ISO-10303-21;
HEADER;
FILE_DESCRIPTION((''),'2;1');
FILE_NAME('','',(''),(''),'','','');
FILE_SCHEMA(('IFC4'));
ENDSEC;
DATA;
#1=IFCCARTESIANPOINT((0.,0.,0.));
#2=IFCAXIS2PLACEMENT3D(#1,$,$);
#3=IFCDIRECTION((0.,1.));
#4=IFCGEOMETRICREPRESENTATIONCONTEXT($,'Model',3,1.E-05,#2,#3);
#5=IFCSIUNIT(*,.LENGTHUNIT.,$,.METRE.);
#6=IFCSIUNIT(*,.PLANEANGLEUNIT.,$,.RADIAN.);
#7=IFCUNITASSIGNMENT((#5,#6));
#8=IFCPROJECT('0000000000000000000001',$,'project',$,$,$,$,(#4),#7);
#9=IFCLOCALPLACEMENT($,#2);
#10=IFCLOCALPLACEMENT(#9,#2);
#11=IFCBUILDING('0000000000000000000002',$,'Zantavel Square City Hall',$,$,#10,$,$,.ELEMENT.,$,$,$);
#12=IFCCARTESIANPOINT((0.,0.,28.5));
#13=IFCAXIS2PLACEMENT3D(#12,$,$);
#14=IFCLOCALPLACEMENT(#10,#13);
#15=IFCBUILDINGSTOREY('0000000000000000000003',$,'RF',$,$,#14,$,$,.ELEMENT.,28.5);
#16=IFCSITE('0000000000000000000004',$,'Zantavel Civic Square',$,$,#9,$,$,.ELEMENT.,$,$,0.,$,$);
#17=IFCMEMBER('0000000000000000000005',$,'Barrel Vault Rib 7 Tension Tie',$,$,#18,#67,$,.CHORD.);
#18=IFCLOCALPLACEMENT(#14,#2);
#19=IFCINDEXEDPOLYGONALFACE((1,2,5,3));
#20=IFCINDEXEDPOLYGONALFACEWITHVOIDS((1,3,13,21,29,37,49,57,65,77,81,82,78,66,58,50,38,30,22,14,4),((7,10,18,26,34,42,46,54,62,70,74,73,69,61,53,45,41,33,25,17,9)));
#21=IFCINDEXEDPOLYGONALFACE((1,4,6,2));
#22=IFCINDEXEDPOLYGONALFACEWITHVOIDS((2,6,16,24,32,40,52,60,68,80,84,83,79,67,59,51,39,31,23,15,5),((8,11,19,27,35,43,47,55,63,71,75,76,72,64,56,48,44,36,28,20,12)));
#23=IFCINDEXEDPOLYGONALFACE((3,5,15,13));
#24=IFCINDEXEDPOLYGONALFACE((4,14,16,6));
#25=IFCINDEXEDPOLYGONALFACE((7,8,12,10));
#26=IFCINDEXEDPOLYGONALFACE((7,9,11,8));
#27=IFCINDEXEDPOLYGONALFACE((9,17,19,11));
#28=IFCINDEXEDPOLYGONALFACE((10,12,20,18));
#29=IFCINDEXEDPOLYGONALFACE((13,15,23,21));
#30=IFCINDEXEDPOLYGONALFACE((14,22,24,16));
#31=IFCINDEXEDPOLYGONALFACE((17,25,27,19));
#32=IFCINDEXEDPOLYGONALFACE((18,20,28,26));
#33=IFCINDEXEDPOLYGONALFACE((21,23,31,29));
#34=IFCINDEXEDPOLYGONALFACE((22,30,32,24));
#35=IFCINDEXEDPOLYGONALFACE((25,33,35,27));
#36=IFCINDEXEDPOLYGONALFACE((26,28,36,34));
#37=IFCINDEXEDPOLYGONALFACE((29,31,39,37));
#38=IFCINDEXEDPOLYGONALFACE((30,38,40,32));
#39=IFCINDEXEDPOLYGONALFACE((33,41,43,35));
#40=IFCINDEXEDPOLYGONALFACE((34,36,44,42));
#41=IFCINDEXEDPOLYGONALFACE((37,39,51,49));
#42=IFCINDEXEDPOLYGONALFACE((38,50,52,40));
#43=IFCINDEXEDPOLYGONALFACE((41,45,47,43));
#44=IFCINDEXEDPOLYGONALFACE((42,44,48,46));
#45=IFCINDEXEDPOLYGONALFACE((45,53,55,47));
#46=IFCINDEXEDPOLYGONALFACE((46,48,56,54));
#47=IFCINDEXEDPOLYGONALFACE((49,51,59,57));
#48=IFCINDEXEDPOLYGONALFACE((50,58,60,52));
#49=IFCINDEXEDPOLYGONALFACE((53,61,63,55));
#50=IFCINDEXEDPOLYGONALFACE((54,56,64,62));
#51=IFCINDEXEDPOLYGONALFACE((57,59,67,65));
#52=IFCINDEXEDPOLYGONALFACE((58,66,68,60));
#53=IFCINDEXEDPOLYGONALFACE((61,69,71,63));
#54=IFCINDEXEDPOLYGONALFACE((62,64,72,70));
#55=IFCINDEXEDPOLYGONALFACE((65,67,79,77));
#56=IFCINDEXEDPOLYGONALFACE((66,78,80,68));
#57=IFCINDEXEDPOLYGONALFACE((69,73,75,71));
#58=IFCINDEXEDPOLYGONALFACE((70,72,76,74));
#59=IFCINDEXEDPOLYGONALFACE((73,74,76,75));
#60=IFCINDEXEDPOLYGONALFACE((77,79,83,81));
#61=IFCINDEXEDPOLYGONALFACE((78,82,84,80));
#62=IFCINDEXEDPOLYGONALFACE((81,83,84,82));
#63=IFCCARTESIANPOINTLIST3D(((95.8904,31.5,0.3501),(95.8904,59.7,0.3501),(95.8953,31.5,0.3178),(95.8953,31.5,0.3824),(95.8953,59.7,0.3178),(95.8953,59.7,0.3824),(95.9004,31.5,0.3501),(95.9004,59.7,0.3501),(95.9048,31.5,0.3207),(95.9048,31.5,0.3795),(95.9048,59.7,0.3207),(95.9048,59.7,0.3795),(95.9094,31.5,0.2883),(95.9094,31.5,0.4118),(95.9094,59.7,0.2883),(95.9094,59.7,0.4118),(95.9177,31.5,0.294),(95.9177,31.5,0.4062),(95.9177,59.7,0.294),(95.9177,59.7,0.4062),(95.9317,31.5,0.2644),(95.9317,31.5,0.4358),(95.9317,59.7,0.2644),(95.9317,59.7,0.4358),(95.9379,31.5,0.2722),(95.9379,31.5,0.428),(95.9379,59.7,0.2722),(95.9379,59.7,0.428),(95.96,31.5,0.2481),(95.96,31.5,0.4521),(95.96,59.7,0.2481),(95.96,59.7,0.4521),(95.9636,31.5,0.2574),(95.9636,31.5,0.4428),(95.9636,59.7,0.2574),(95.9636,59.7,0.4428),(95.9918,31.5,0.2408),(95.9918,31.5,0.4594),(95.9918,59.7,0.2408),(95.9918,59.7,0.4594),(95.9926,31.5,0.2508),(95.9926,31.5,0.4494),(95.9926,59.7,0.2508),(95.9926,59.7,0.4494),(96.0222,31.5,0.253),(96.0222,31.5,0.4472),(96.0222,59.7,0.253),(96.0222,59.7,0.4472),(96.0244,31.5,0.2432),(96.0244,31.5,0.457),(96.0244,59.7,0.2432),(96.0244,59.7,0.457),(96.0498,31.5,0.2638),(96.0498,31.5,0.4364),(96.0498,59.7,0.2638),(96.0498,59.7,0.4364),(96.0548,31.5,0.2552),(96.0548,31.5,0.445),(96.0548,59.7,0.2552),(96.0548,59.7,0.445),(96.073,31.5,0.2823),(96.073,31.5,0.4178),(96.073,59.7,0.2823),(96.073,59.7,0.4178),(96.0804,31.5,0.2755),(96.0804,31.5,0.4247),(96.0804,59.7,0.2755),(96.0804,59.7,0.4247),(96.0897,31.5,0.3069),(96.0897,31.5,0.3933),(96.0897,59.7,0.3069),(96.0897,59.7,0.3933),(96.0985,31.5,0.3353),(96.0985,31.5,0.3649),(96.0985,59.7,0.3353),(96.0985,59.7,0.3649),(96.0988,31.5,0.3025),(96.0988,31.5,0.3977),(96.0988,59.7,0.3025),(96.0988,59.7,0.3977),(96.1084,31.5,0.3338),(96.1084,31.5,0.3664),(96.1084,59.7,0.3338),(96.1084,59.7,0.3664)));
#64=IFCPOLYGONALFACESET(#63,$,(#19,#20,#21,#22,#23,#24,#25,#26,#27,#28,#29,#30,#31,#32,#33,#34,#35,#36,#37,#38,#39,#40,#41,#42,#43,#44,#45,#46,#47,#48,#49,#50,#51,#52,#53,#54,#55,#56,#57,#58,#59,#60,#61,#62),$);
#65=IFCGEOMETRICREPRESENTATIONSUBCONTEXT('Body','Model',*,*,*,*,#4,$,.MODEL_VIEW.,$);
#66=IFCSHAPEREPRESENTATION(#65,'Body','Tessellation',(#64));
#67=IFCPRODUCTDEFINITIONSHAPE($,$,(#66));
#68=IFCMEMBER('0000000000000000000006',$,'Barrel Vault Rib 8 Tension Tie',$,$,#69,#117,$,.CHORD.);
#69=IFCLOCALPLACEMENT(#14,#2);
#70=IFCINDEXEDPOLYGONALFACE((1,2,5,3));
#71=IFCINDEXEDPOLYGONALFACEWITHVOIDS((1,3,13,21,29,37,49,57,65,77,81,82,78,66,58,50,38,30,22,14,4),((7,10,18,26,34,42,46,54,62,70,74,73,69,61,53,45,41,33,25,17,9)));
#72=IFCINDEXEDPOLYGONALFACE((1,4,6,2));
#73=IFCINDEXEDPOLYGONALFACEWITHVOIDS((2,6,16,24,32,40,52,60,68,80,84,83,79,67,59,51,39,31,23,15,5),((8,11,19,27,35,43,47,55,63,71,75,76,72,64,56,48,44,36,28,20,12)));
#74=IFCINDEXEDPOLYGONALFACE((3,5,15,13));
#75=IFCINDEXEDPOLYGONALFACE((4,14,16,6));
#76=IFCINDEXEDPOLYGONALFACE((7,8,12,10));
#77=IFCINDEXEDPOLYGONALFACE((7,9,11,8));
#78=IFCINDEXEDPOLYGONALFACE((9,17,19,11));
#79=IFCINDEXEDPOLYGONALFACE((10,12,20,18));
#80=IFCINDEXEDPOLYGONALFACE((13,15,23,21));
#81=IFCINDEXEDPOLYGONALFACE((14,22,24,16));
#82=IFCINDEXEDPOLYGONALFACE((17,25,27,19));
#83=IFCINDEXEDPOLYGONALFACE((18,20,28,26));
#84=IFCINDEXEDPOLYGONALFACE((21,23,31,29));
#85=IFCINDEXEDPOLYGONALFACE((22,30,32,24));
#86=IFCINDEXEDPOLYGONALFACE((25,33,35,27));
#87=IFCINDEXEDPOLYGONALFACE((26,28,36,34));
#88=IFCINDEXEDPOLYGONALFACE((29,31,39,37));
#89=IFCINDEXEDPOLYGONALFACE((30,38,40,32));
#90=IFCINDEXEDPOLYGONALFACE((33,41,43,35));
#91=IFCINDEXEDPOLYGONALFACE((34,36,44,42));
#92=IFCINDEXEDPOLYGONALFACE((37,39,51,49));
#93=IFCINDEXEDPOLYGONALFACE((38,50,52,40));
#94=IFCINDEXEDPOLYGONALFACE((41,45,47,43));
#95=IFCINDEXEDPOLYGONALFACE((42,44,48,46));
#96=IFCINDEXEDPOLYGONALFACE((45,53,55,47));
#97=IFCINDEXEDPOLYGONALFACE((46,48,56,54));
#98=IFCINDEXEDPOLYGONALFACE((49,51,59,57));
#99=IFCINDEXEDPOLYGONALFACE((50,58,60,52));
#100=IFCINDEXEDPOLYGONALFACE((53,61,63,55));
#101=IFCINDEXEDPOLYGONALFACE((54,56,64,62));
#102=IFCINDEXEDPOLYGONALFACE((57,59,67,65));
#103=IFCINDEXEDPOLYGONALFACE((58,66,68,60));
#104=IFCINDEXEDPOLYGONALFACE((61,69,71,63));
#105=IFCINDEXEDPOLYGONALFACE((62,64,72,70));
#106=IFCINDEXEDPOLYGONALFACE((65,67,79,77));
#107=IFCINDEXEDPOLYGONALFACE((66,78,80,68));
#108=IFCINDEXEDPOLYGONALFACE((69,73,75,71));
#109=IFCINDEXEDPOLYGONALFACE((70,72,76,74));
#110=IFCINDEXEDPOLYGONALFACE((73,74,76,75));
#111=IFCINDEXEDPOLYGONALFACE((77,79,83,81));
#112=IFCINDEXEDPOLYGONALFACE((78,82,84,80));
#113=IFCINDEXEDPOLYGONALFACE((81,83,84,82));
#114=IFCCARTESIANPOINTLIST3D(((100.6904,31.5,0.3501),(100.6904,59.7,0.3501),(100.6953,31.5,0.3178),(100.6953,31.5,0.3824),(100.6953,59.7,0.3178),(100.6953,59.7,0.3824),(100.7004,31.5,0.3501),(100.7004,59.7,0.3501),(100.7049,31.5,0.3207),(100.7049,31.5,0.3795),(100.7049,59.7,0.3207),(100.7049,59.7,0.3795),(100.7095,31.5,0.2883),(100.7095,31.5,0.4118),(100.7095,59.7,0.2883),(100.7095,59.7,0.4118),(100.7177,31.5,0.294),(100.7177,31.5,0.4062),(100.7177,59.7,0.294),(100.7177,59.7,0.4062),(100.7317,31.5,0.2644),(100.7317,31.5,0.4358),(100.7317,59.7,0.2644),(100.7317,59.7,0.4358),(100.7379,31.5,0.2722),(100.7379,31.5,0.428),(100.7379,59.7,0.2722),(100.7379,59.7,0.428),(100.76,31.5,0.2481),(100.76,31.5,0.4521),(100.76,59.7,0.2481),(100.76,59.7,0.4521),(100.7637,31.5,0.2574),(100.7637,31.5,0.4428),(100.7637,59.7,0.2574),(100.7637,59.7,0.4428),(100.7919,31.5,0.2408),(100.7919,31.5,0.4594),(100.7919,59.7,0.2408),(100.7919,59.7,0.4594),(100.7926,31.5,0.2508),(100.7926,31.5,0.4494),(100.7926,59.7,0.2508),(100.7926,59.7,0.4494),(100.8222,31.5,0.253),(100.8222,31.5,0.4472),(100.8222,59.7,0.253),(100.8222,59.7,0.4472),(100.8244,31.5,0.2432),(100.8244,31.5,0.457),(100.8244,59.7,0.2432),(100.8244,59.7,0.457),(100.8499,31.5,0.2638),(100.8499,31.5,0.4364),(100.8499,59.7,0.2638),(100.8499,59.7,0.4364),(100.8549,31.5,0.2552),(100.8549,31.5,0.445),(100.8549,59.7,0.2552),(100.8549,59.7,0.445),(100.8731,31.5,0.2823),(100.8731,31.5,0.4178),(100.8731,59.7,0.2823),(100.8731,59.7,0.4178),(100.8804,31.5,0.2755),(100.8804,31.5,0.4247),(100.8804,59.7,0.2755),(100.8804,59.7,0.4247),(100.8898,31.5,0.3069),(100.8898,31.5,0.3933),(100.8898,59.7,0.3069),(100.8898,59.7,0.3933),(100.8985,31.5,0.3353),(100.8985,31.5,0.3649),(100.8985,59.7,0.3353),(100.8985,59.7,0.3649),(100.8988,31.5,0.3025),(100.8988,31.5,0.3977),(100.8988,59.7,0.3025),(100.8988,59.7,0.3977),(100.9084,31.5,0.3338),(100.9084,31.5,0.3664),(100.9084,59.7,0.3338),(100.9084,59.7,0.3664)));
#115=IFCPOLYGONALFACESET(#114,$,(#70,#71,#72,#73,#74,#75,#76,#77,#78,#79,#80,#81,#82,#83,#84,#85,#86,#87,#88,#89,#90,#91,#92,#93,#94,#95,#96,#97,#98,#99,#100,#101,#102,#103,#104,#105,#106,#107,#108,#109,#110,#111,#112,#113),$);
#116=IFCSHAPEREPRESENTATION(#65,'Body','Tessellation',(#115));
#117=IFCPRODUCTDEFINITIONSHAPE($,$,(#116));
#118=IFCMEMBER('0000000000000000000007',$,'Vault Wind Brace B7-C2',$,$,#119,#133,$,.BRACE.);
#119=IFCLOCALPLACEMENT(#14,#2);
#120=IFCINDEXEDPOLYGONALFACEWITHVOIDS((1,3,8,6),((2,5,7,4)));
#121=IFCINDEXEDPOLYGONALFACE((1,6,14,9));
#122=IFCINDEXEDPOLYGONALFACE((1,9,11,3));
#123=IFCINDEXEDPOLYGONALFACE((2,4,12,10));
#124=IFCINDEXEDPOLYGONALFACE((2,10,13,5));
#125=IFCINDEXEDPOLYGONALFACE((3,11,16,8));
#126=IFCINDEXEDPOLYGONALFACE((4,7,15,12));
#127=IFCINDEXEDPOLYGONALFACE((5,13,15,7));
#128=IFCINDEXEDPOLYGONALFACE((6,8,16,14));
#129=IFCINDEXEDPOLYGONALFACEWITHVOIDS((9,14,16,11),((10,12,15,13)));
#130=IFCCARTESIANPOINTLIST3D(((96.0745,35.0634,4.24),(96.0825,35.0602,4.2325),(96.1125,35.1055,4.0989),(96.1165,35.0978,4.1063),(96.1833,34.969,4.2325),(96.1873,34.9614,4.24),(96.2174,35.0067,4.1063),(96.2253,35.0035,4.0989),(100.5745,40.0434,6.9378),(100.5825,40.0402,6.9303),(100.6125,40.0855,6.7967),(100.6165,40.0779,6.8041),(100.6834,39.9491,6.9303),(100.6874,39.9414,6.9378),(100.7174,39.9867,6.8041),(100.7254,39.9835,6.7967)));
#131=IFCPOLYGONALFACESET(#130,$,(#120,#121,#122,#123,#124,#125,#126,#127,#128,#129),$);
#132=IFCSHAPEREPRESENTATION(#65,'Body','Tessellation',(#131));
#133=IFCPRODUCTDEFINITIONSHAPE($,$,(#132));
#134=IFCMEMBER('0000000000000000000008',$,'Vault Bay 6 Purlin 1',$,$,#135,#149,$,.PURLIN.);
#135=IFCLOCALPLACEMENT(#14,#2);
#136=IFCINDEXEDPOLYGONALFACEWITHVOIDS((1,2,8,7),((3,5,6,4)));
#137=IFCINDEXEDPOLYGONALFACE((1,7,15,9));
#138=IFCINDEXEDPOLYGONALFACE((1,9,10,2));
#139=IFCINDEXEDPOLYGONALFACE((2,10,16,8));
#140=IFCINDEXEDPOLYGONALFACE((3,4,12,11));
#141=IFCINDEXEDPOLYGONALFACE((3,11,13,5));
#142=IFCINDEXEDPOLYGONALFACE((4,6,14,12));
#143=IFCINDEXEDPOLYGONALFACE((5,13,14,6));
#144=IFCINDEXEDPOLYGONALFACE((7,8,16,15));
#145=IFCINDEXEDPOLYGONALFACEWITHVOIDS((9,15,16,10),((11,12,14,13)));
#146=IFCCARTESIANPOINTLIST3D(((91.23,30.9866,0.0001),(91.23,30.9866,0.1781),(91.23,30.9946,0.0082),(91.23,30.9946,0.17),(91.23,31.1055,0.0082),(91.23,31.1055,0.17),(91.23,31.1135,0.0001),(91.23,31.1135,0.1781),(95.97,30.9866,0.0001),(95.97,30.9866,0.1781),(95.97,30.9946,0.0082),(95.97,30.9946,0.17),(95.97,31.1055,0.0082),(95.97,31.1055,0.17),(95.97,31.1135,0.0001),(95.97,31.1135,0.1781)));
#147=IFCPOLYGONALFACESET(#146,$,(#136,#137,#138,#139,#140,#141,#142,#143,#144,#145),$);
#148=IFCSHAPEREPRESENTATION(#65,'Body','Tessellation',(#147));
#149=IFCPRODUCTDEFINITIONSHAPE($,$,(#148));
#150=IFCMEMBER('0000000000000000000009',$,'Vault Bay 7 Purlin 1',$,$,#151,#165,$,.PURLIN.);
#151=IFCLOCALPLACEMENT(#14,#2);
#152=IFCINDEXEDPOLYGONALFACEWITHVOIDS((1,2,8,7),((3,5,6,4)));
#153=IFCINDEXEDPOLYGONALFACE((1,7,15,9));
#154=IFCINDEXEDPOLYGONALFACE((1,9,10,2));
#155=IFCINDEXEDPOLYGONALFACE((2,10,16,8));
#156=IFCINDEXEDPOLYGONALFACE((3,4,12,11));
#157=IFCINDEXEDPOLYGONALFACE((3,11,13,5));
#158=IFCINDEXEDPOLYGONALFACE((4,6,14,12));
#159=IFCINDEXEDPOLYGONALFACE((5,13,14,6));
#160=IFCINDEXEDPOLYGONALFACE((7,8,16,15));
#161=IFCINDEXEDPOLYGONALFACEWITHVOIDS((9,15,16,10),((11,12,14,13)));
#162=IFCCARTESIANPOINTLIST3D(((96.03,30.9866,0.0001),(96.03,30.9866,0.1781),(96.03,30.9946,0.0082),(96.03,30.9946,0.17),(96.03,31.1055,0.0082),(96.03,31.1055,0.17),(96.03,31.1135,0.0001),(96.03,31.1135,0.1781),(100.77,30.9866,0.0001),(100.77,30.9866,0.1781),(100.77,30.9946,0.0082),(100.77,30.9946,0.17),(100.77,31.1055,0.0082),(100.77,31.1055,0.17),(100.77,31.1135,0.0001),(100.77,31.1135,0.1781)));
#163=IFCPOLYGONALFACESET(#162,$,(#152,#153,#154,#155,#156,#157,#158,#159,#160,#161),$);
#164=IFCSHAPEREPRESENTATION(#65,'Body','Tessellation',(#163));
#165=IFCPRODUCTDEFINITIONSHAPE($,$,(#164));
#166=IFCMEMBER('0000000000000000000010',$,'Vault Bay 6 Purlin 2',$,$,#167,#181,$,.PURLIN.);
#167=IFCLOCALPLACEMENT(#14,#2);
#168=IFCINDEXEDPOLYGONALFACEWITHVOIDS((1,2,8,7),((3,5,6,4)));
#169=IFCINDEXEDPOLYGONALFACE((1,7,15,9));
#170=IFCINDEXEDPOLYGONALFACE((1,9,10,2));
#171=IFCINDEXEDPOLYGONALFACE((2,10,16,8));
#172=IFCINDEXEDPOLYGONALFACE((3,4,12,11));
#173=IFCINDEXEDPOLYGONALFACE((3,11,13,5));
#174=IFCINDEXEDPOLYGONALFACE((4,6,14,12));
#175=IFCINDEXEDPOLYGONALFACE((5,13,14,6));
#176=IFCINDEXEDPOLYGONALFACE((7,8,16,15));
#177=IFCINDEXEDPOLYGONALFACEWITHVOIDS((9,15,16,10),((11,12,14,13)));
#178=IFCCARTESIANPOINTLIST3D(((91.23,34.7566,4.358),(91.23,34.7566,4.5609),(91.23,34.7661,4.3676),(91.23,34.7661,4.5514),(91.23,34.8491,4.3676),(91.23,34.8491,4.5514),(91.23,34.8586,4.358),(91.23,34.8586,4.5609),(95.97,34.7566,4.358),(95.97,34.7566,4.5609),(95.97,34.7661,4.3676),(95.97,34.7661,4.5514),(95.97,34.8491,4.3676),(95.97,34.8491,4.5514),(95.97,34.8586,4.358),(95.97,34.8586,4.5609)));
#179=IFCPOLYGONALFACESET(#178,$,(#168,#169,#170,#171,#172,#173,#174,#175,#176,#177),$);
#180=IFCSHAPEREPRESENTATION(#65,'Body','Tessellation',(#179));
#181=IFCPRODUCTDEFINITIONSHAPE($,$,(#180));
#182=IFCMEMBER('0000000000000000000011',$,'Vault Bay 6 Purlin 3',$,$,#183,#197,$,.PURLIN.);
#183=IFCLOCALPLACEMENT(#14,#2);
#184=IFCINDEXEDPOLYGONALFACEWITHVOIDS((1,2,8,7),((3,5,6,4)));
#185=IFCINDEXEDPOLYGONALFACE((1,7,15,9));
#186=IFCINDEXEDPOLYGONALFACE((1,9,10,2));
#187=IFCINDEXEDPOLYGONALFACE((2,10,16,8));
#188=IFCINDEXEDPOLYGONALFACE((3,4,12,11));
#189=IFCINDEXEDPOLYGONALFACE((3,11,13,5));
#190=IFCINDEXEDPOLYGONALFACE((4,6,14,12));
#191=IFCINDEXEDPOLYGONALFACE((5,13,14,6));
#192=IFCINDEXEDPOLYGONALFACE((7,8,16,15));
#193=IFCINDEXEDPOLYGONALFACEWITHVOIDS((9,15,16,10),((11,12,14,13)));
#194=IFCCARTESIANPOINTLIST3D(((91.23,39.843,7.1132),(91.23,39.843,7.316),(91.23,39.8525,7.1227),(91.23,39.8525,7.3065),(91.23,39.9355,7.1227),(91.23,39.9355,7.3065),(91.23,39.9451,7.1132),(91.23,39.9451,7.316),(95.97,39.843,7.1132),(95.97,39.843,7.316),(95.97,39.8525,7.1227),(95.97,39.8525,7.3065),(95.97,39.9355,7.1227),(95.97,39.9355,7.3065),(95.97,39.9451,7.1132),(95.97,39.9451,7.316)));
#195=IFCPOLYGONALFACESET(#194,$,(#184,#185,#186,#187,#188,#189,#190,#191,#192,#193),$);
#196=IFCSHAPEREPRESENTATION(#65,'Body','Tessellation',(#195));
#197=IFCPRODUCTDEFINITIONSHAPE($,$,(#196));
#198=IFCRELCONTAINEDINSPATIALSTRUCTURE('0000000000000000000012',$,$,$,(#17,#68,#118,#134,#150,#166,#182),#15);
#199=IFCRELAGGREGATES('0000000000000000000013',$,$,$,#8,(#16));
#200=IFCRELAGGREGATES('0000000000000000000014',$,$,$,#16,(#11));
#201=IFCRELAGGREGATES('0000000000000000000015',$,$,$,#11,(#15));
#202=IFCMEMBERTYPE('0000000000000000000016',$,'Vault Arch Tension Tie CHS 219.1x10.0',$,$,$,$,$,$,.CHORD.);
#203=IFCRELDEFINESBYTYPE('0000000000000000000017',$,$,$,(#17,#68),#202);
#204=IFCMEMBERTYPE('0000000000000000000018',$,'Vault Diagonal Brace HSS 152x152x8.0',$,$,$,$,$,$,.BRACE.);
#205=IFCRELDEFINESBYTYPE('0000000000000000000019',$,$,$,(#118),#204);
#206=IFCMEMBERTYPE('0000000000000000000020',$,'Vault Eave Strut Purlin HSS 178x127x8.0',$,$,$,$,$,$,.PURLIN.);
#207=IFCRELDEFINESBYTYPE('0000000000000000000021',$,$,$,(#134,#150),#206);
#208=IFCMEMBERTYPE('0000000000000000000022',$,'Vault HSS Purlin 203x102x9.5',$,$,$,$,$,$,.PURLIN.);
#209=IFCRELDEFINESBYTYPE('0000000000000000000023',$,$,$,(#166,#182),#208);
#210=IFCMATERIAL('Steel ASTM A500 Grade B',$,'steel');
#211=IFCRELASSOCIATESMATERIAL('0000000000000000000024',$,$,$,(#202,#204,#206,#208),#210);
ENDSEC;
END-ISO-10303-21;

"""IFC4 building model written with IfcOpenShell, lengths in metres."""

from ifc_helpers import new_model, si_unit, direction, frame, origin, origin_2d, place, context, subcontext, project, spatial, hollow_rectangle, hollow_circle, extrude, material, material_profile, profile_set, type_object, element, save


model = new_model("IFC4")

# Units and contexts
model_context = context("Model", 3, precision=1e-05, world=origin(), true_north=direction((0.0, 1.0)))
body_context = subcontext(model_context, "Body", "Model", "MODEL_VIEW")
ifc_project = project(units=[si_unit("LENGTHUNIT", "METRE"), si_unit("PLANEANGLEUNIT", "RADIAN")], contexts=[model_context])

# Site, building, storey
site_placement = place(None, origin())
site = spatial("IfcSite", under=ifc_project, at=site_placement, Name="Zantavel Civic Square", CompositionType="ELEMENT", RefElevation=0.0)
building_placement = place(site_placement, origin())
building = spatial("IfcBuilding", under=site, at=building_placement, Name="Zantavel Square City Hall", CompositionType="ELEMENT")
storey_placement = place(building_placement, frame((0.0, 0.0, 28.5)))
storey = spatial("IfcBuildingStorey", under=building, at=storey_placement, Name="RF", CompositionType="ELEMENT", Elevation=28.5)

# Members
ifc_material_1 = material(Name="Steel ASTM A500 Grade B", Category="steel")
ifc_material_profile_1 = material_profile(ifc_material_1, hollow_circle(Radius=0.1096, WallThickness=0.01, at=origin_2d()), Name="CHS 219.1x10.0")
ifc_profile_set_1 = profile_set([ifc_material_profile_1], Name="Steel ASTM A500 Grade B")
member_type_1 = type_object("IfcMemberType", Name="Vault Arch Tension Tie CHS 219.1x10.0", PredefinedType="CHORD", material=ifc_profile_set_1)
for number, where, z_axis, x_axis, name in (
    (1, (96.0, 31.5, 0.3501), (0.0, 1.0, 0.0), (-1.0, 0.0, 0.0), "Barrel Vault Rib 7 Tension Tie"),
    (2, (100.8, 31.5, 0.3501), (0.0, 1.0, 0.0), (-1.0, 0.0, 0.0), "Barrel Vault Rib 8 Tension Tie"),
):
    element("IfcMember", number, at=place(storey_placement, frame(where, z_axis=z_axis, x_axis=x_axis)), inside=storey, type_object=member_type_1, Name=name, PredefinedType="CHORD", context=body_context, shape_type="SweptSolid", body=[
        extrude(hollow_circle(Radius=0.1096, WallThickness=0.01, at=origin_2d()), origin(), (0.0, 0.0, 1.0), 28.2),
    ])
ifc_material_profile_2 = material_profile(ifc_material_1, hollow_rectangle(XDim=0.1521, YDim=0.1521, WallThickness=0.0081, at=origin_2d()), Name="HSS 152x152x8.0")
ifc_profile_set_2 = profile_set([ifc_material_profile_2], Name="Steel ASTM A500 Grade B")
member_type_2 = type_object("IfcMemberType", Name="Vault Diagonal Brace HSS 152x152x8.0", PredefinedType="BRACE", material=ifc_profile_set_2)
member_placement = place(storey_placement, frame((96.1499, 35.0334, 4.1694), z_axis=(0.622078, 0.688431, 0.372937), x_axis=(-0.741958, 0.670446, 0.0)))
element("IfcMember", 3, at=member_placement, inside=storey, type_object=member_type_2, Name="Vault Wind Brace B7-C2", PredefinedType="BRACE", context=body_context, shape_type="SweptSolid", body=[
    extrude(hollow_rectangle(XDim=0.1521, YDim=0.1521, WallThickness=0.0081, at=origin_2d()), origin(), (0.0, 0.0, 1.0), 7.2339),
])
ifc_material_profile_3 = material_profile(ifc_material_1, hollow_rectangle(XDim=0.127, YDim=0.178, WallThickness=0.0081, at=origin_2d()), Name="HSS 178x127x8.0")
ifc_profile_set_3 = profile_set([ifc_material_profile_3], Name="Steel ASTM A500 Grade B")
member_type_3 = type_object("IfcMemberType", Name="Vault Eave Strut Purlin HSS 178x127x8.0", PredefinedType="PURLIN", material=ifc_profile_set_3)
for number, where, z_axis, x_axis, name in (
    (4, (91.23, 31.05, 0.0891), (1.0, 0.0, 0.0), (0.0, 1.0, 0.0), "Vault Bay 6 Purlin 1"),
    (5, (96.03, 31.05, 0.0891), (1.0, 0.0, 0.0), (0.0, 1.0, 0.0), "Vault Bay 7 Purlin 1"),
):
    element("IfcMember", number, at=place(storey_placement, frame(where, z_axis=z_axis, x_axis=x_axis)), inside=storey, type_object=member_type_3, Name=name, PredefinedType="PURLIN", context=body_context, shape_type="SweptSolid", body=[
        extrude(hollow_rectangle(XDim=0.127, YDim=0.178, WallThickness=0.0081, at=origin_2d()), origin(), (0.0, 0.0, 1.0), 4.74),
    ])
ifc_material_profile_4 = material_profile(ifc_material_1, hollow_rectangle(XDim=0.1021, YDim=0.2029, WallThickness=0.0095, at=origin_2d()), Name="HSS 203x102x9.5")
ifc_profile_set_4 = profile_set([ifc_material_profile_4], Name="Steel ASTM A500 Grade B")
member_type_4 = type_object("IfcMemberType", Name="Vault HSS Purlin 203x102x9.5", PredefinedType="PURLIN", material=ifc_profile_set_4)
for number, where, z_axis, x_axis, name in (
    (6, (91.23, 34.8076, 4.4595), (1.0, 0.0, 0.0), (0.0, 1.0, 0.0), "Vault Bay 6 Purlin 2"),
    (7, (91.23, 39.894, 7.2146), (1.0, 0.0, 0.0), (0.0, 1.0, 0.0), "Vault Bay 6 Purlin 3"),
):
    element("IfcMember", number, at=place(storey_placement, frame(where, z_axis=z_axis, x_axis=x_axis)), inside=storey, type_object=member_type_4, Name=name, PredefinedType="PURLIN", context=body_context, shape_type="SweptSolid", body=[
        extrude(hollow_rectangle(XDim=0.1021, YDim=0.2029, WallThickness=0.0095, at=origin_2d()), origin(), (0.0, 0.0, 1.0), 4.74),
    ])

save(model, "model.ifc")
